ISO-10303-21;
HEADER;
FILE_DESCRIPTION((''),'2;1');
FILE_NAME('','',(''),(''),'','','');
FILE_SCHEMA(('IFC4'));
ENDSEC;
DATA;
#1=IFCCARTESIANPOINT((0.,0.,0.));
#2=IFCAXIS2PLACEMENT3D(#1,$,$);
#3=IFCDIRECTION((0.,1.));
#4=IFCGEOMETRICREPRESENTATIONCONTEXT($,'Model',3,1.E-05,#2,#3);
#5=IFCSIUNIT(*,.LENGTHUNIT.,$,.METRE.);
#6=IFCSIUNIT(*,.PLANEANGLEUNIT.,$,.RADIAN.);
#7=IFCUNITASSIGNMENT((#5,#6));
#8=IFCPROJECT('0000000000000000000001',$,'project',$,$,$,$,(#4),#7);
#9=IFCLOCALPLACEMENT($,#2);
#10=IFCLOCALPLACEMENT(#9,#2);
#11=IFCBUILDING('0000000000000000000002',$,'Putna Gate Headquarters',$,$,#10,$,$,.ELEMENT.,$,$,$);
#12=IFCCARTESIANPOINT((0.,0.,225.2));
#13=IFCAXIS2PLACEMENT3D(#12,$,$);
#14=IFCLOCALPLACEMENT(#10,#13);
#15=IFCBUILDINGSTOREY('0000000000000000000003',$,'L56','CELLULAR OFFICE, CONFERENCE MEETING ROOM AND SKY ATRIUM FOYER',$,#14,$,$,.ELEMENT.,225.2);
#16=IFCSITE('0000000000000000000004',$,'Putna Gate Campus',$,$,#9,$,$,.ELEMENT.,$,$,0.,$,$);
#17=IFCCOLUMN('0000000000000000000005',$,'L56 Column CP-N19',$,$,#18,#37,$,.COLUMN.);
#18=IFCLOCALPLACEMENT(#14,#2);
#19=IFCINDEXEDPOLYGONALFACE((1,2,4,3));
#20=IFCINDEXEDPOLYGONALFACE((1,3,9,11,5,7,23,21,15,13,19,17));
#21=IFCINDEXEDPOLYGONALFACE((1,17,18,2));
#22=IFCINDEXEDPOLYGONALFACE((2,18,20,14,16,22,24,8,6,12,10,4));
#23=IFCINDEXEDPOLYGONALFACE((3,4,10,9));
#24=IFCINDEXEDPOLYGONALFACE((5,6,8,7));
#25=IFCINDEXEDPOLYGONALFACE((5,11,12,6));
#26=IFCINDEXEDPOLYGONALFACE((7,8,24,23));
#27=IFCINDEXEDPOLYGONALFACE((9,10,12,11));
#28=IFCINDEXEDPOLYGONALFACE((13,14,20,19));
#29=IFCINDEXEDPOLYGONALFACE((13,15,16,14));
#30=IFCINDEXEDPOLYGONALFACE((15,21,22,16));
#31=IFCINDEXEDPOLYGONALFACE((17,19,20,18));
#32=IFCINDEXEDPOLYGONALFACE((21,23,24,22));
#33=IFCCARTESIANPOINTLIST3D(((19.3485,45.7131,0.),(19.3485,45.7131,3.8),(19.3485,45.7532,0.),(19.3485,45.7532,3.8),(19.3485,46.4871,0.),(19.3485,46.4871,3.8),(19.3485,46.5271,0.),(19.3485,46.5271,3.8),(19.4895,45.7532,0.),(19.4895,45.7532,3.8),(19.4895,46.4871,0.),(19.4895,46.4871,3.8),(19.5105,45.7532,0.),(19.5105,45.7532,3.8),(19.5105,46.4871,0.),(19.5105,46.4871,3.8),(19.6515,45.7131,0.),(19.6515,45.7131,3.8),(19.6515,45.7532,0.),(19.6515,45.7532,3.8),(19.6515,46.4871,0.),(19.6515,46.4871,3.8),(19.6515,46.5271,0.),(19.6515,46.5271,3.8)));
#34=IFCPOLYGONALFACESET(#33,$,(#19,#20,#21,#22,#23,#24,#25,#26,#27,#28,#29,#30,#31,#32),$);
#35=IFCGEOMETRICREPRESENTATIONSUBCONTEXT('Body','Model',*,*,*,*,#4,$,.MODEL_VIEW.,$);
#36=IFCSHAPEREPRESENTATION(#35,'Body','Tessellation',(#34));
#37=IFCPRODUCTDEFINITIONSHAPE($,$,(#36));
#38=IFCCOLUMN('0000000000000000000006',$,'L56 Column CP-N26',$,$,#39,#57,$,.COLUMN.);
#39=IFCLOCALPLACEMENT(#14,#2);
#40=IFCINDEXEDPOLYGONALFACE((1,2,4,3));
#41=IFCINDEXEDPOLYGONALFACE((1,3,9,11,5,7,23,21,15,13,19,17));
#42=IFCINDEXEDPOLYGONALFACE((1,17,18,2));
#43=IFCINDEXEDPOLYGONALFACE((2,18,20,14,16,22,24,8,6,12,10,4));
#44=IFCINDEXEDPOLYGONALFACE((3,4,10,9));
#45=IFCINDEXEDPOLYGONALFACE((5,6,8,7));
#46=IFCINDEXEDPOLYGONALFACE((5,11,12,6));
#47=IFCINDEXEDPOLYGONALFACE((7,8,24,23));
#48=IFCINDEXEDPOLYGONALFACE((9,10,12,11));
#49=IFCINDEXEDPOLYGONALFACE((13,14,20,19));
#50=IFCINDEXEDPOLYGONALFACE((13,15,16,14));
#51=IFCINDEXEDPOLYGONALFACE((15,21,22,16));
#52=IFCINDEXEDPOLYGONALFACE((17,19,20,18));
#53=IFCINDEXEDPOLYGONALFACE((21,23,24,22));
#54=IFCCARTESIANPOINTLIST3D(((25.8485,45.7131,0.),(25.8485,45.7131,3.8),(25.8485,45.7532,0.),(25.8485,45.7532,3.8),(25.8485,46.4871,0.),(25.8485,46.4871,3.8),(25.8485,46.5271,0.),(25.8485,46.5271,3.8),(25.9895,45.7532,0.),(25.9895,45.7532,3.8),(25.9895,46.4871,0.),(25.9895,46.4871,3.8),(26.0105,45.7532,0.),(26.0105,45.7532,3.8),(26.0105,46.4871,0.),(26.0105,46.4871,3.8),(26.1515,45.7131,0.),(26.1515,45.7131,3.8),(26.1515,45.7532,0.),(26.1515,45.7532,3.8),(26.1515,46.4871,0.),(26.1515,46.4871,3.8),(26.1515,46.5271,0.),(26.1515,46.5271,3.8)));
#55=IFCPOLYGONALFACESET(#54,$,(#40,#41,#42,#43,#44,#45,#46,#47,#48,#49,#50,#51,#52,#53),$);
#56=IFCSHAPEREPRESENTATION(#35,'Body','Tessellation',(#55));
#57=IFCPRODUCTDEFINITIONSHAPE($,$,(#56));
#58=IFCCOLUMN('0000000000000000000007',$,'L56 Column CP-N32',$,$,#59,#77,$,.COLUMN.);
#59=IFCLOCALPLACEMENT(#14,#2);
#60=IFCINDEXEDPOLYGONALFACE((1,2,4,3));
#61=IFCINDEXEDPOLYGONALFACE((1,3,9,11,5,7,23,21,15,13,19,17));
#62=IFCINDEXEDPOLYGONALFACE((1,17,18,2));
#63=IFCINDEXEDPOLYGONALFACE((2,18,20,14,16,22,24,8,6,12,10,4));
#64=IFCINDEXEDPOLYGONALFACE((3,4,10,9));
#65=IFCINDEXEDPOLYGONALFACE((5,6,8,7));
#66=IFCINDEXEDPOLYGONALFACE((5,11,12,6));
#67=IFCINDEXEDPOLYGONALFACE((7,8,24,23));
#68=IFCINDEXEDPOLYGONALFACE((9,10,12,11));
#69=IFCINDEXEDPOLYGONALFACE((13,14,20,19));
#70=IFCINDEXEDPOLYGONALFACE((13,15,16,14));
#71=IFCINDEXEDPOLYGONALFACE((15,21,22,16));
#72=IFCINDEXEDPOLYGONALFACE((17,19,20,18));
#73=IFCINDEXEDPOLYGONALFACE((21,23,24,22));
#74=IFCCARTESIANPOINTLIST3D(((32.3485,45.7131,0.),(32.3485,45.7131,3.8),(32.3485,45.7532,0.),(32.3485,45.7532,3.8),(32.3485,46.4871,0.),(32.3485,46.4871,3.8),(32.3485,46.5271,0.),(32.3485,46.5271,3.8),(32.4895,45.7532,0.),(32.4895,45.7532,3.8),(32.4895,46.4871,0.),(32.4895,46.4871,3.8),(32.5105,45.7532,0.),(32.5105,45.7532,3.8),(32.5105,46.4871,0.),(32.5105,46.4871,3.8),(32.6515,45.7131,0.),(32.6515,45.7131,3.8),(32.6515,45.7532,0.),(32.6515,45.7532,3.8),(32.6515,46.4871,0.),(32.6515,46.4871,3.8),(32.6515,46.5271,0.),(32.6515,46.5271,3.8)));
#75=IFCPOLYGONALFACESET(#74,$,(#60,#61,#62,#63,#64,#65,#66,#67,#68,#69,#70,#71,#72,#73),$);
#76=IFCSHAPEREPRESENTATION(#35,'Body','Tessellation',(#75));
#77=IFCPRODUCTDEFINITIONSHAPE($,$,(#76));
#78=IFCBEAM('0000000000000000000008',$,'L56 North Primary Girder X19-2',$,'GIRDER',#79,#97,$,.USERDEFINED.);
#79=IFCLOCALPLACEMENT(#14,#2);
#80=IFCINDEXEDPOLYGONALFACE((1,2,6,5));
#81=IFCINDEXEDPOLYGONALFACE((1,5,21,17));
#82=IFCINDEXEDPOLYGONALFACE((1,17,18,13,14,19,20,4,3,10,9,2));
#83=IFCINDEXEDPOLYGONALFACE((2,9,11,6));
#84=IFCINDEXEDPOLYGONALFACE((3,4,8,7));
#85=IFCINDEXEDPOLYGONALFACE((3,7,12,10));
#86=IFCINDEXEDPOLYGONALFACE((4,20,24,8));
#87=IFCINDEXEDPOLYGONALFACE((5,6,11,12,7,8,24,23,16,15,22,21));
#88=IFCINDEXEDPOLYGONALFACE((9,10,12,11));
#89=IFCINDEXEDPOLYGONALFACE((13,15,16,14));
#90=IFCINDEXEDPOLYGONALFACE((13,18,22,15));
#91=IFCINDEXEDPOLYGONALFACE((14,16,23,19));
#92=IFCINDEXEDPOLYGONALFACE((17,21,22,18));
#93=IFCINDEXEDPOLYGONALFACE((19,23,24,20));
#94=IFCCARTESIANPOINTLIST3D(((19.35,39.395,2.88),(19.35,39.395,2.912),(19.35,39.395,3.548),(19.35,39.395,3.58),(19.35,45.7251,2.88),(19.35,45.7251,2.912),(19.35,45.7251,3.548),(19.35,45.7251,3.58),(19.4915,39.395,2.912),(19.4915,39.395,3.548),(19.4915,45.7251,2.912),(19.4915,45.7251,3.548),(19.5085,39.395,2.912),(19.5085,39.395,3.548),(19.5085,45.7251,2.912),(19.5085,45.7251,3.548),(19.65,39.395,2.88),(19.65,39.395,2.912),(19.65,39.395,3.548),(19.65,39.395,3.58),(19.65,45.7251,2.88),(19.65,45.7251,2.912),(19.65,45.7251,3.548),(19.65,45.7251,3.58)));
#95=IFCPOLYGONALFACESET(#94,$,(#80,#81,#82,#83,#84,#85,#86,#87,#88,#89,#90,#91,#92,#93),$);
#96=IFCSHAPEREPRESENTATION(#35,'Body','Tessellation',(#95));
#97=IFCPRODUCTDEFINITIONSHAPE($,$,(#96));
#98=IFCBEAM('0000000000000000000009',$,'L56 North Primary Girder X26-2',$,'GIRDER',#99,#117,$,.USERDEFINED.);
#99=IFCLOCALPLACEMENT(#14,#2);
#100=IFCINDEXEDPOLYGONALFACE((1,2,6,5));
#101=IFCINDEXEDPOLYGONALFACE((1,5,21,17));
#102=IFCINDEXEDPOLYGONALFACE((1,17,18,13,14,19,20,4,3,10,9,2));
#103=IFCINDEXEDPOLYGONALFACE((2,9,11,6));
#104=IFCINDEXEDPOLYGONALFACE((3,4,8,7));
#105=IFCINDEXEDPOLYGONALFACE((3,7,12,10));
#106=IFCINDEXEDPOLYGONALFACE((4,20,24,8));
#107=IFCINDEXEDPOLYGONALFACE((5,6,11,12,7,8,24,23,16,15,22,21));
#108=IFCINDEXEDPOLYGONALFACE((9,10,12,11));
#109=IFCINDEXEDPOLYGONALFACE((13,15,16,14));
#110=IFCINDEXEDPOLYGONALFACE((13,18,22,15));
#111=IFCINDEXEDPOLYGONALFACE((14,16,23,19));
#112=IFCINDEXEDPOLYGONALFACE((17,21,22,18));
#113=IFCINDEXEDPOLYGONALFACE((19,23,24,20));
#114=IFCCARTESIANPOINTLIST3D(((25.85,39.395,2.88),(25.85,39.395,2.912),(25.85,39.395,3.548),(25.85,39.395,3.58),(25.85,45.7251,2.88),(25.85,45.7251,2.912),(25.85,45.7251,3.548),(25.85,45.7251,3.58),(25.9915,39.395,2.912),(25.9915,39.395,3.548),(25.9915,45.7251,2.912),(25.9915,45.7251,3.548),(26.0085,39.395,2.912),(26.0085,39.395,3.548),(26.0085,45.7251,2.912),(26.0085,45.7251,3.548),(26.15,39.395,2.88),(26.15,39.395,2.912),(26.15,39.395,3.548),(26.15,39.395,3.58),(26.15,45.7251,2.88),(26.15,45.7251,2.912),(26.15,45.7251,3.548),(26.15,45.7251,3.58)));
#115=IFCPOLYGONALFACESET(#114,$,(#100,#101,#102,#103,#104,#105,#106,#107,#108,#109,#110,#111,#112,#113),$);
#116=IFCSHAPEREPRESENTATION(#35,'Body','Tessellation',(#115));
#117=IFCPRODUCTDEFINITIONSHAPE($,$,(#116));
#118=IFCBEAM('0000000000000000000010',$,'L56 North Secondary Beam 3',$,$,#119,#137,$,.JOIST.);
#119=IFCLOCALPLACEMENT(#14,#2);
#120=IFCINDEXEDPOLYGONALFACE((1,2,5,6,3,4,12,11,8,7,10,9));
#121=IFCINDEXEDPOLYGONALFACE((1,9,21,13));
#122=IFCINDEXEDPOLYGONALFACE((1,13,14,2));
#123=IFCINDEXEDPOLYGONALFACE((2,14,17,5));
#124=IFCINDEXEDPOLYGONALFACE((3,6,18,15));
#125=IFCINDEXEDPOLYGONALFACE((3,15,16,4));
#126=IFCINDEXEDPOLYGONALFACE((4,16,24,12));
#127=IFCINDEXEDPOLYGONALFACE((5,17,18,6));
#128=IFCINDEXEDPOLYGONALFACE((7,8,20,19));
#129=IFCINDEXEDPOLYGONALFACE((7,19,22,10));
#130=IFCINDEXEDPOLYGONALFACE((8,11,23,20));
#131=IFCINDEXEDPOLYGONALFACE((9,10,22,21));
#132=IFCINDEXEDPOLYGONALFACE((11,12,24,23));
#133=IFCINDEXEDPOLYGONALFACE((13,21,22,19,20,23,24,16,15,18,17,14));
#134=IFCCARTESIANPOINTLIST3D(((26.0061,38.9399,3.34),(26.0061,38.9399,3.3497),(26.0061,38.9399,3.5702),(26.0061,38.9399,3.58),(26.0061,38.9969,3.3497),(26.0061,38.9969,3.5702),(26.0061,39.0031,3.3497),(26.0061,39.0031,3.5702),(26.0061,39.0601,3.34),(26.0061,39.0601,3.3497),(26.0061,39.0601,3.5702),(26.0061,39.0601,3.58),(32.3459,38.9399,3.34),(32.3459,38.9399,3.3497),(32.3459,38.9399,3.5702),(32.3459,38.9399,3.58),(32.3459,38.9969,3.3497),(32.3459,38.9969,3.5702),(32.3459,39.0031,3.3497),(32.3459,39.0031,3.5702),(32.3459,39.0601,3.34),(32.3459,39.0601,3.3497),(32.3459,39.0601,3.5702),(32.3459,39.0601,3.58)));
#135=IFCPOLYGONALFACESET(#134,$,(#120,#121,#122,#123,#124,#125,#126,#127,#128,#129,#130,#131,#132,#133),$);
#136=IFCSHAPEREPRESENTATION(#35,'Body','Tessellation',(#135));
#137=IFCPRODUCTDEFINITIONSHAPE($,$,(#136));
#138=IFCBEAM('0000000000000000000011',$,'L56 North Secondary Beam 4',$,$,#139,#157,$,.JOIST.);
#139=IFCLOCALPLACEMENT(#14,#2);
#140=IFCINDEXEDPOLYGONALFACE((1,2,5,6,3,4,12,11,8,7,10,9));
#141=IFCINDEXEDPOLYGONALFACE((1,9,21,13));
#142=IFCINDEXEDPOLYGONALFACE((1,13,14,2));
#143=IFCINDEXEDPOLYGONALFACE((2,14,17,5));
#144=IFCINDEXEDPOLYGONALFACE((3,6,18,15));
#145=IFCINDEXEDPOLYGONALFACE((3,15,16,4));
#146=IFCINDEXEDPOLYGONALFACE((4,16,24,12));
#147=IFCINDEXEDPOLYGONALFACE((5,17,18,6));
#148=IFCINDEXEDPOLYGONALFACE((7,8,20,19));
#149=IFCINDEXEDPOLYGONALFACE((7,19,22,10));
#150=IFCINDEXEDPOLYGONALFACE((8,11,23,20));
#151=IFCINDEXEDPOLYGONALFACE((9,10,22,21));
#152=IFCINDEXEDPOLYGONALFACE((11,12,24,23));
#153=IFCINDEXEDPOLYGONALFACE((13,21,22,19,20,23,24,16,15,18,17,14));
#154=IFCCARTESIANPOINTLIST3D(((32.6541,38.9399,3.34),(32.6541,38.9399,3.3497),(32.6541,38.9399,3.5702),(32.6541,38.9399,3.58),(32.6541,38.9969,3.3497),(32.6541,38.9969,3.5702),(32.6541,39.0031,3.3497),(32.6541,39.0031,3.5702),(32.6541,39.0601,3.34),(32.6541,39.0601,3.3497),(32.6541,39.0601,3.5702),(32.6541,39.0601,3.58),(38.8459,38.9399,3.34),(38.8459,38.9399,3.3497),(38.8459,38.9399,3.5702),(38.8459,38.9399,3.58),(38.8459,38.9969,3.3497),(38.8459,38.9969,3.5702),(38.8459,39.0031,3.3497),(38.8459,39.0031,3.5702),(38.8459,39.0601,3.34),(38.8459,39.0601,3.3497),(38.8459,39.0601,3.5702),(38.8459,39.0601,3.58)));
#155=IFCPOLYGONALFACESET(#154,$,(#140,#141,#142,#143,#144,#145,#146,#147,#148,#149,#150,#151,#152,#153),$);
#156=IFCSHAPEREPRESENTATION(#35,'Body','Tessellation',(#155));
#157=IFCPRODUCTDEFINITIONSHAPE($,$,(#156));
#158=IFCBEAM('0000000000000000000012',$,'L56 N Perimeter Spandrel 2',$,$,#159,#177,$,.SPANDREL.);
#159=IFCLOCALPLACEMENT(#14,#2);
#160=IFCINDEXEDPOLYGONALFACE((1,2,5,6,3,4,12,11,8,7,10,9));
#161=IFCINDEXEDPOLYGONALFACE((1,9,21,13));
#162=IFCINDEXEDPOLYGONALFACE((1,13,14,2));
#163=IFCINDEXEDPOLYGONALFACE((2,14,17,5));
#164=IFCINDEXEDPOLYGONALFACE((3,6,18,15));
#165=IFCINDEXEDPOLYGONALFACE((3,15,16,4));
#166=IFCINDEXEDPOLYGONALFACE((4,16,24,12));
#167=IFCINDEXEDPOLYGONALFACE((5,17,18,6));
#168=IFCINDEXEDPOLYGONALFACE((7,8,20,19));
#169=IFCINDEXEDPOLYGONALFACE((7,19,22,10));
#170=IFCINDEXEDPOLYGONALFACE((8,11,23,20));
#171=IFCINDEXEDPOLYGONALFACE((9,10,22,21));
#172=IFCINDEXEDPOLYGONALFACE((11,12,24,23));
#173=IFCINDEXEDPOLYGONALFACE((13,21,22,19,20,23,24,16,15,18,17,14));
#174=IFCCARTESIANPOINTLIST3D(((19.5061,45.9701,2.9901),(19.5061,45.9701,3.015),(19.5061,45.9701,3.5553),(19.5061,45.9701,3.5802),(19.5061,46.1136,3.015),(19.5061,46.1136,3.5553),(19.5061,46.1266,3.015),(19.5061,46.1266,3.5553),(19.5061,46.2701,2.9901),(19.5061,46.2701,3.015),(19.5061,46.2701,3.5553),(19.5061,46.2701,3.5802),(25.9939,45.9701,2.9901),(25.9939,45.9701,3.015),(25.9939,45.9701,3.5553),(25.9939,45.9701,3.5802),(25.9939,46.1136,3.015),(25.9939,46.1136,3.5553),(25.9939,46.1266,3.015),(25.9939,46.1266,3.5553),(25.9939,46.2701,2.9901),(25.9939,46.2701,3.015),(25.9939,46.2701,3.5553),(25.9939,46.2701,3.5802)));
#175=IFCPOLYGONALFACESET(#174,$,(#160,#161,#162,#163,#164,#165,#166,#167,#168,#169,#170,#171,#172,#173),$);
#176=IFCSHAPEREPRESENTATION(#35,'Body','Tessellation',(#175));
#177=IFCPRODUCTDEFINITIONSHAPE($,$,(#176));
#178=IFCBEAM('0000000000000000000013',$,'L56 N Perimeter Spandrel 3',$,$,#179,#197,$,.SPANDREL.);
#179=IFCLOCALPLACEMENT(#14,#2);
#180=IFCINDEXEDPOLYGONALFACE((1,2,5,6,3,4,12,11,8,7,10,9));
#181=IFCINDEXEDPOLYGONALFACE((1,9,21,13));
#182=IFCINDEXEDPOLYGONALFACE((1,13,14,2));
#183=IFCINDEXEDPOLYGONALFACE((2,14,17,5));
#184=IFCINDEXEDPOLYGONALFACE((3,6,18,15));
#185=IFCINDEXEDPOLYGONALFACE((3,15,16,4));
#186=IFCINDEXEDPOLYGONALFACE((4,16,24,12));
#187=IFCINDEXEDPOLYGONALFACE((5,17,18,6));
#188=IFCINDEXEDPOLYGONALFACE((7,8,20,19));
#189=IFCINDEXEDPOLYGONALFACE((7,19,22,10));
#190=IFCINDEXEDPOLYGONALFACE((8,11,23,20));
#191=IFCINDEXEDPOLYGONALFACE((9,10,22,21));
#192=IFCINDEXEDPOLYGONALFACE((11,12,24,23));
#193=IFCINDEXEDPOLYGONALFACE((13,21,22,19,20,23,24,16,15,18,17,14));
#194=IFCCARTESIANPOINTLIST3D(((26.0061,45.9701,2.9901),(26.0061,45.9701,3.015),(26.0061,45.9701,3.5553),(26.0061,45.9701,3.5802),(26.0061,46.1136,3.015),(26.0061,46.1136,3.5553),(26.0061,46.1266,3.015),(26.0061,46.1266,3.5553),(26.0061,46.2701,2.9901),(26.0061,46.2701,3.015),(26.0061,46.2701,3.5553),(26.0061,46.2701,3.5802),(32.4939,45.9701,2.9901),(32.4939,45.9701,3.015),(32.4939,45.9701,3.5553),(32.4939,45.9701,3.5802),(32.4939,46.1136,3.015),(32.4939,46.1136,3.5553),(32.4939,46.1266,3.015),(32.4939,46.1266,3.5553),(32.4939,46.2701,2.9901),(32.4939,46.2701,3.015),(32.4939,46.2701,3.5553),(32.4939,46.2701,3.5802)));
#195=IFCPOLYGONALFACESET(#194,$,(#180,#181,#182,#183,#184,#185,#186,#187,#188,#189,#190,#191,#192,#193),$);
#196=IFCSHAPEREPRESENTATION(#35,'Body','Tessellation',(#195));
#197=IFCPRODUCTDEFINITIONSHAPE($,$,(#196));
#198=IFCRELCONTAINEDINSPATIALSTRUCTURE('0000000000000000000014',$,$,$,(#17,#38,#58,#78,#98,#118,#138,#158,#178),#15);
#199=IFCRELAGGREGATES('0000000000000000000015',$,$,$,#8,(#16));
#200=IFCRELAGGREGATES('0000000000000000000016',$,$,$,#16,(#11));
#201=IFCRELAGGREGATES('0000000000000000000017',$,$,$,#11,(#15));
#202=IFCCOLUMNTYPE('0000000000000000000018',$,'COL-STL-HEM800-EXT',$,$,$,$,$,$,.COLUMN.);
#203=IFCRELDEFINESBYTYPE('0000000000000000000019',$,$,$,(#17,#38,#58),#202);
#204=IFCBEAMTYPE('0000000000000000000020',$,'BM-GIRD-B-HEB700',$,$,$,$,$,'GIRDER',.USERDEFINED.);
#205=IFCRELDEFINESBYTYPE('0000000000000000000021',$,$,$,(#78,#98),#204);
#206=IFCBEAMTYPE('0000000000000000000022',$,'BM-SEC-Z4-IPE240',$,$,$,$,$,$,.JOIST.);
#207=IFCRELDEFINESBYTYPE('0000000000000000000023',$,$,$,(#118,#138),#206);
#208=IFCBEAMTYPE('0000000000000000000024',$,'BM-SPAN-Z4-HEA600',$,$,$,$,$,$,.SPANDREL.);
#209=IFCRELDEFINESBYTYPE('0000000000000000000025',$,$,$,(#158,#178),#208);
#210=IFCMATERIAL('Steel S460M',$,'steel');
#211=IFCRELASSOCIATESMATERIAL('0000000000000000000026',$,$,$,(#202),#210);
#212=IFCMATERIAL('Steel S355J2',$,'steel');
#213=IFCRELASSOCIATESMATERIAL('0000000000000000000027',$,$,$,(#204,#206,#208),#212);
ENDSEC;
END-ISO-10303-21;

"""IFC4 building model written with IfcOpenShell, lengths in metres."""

from ifc_helpers import new_model, si_unit, direction, frame, origin, origin_2d, place, context, subcontext, project, spatial, i_section, extrude, material, material_profile, profile_set, type_object, element, save


model = new_model("IFC4")

# Units and contexts
model_context = context("Model", 3, precision=1e-05, world=origin(), true_north=direction((0.0, 1.0)))
body_context = subcontext(model_context, "Body", "Model", "MODEL_VIEW")
ifc_project = project(units=[si_unit("LENGTHUNIT", "METRE"), si_unit("PLANEANGLEUNIT", "RADIAN")], contexts=[model_context])

# Site, building, storey
site_placement = place(None, origin())
site = spatial("IfcSite", under=ifc_project, at=site_placement, Name="Putna Gate Campus", CompositionType="ELEMENT", RefElevation=0.0)
building_placement = place(site_placement, origin())
building = spatial("IfcBuilding", under=site, at=building_placement, Name="Putna Gate Headquarters", CompositionType="ELEMENT")
storey_placement = place(building_placement, frame((0.0, 0.0, 225.2)))
storey = spatial("IfcBuildingStorey", under=building, at=storey_placement, Name="L56", Description="CELLULAR OFFICE, CONFERENCE MEETING ROOM AND SKY ATRIUM FOYER", CompositionType="ELEMENT", Elevation=225.2)

# Columns
ifc_material_1 = material(Name="Steel S460M", Category="steel")
ifc_material_profile_1 = material_profile(ifc_material_1, i_section(OverallWidth=0.303, OverallDepth=0.814, WebThickness=0.021, FlangeThickness=0.04, at=origin_2d()), Name="Steel S460M")
ifc_profile_set_1 = profile_set([ifc_material_profile_1], Name="Steel S460M")
column_type = type_object("IfcColumnType", Name="COL-STL-HEM800-EXT", PredefinedType="COLUMN", material=ifc_profile_set_1)
for number, where, z_axis, x_axis, name in (
    (1, (19.5, 46.1201, 0.0), (0.0, 0.0, 1.0), (1.0, 0.0, 0.0), "L56 Column CP-N19"),
    (2, (26.0, 46.1201, 0.0), (0.0, 0.0, 1.0), (1.0, 0.0, 0.0), "L56 Column CP-N26"),
    (3, (32.5, 46.1201, 0.0), (0.0, 0.0, 1.0), (1.0, 0.0, 0.0), "L56 Column CP-N32"),
):
    element("IfcColumn", number, at=place(storey_placement, frame(where, z_axis=z_axis, x_axis=x_axis)), inside=storey, type_object=column_type, Name=name, PredefinedType="COLUMN", context=body_context, shape_type="SweptSolid", body=[
        extrude(i_section(OverallWidth=0.303, OverallDepth=0.814, WebThickness=0.021, FlangeThickness=0.04, at=origin_2d()), origin(), (0.0, 0.0, 1.0), 3.8),
    ])

# Beams
ifc_material_2 = material(Name="Steel S355J2", Category="steel")
ifc_material_profile_2 = material_profile(ifc_material_2, i_section(OverallWidth=0.3, OverallDepth=0.7, WebThickness=0.0171, FlangeThickness=0.032, at=origin_2d()), Name="Steel S355J2")
ifc_profile_set_2 = profile_set([ifc_material_profile_2], Name="Steel S355J2")
beam_type_1 = type_object("IfcBeamType", Name="BM-GIRD-B-HEB700", ElementType="GIRDER", PredefinedType="USERDEFINED", material=ifc_profile_set_2)
for number, where, z_axis, x_axis, name in (
    (4, (19.5, 39.395, 3.23), (0.0, 1.0, 0.0), (-1.0, 0.0, 0.0), "L56 North Primary Girder X19-2"),
    (5, (26.0, 39.395, 3.23), (0.0, 1.0, 0.0), (-1.0, 0.0, 0.0), "L56 North Primary Girder X26-2"),
):
    element("IfcBeam", number, at=place(storey_placement, frame(where, z_axis=z_axis, x_axis=x_axis)), inside=storey, type_object=beam_type_1, Name=name, ObjectType="GIRDER", PredefinedType="USERDEFINED", context=body_context, shape_type="SweptSolid", body=[
        extrude(i_section(OverallWidth=0.3, OverallDepth=0.7, WebThickness=0.0171, FlangeThickness=0.032, at=origin_2d()), origin(), (0.0, 0.0, 1.0), 6.3301),
    ])
ifc_material_profile_3 = material_profile(ifc_material_2, i_section(OverallWidth=0.1201, OverallDepth=0.24, WebThickness=0.0061, FlangeThickness=0.0098, at=origin_2d()), Name="Steel S355J2")
ifc_profile_set_3 = profile_set([ifc_material_profile_3], Name="Steel S355J2")
beam_type_2 = type_object("IfcBeamType", Name="BM-SEC-Z4-IPE240", PredefinedType="JOIST", material=ifc_profile_set_3)
beam_1_placement = place(storey_placement, frame((26.0061, 39.0, 3.46), z_axis=(1.0, 0.0, 0.0), x_axis=(0.0, 1.0, 0.0)))
element("IfcBeam", 6, at=beam_1_placement, inside=storey, type_object=beam_type_2, Name="L56 North Secondary Beam 3", PredefinedType="JOIST", context=body_context, shape_type="SweptSolid", body=[
    extrude(i_section(OverallWidth=0.1201, OverallDepth=0.24, WebThickness=0.0061, FlangeThickness=0.0098, at=origin_2d()), origin(), (0.0, 0.0, 1.0), 6.3398),
])
beam_2_placement = place(storey_placement, frame((32.6541, 39.0, 3.46), z_axis=(1.0, 0.0, 0.0), x_axis=(0.0, 1.0, 0.0)))
element("IfcBeam", 7, at=beam_2_placement, inside=storey, type_object=beam_type_2, Name="L56 North Secondary Beam 4", PredefinedType="JOIST", context=body_context, shape_type="SweptSolid", body=[
    extrude(i_section(OverallWidth=0.1201, OverallDepth=0.24, WebThickness=0.0061, FlangeThickness=0.0098, at=origin_2d()), origin(), (0.0, 0.0, 1.0), 6.1919),
])
ifc_material_profile_4 = material_profile(ifc_material_2, i_section(OverallWidth=0.3, OverallDepth=0.5901, WebThickness=0.0129, FlangeThickness=0.0249, at=origin_2d()), Name="Steel S355J2")
ifc_profile_set_4 = profile_set([ifc_material_profile_4], Name="Steel S355J2")
beam_type_3 = type_object("IfcBeamType", Name="BM-SPAN-Z4-HEA600", PredefinedType="SPANDREL", material=ifc_profile_set_4)
for number, where, z_axis, x_axis, name in (
    (8, (19.5061, 46.1201, 3.2852), (1.0, 0.0, 0.0), (0.0, 1.0, 0.0), "L56 N Perimeter Spandrel 2"),
    (9, (26.0061, 46.1201, 3.2852), (1.0, 0.0, 0.0), (0.0, 1.0, 0.0), "L56 N Perimeter Spandrel 3"),
):
    element("IfcBeam", number, at=place(storey_placement, frame(where, z_axis=z_axis, x_axis=x_axis)), inside=storey, type_object=beam_type_3, Name=name, PredefinedType="SPANDREL", context=body_context, shape_type="SweptSolid", body=[
        extrude(i_section(OverallWidth=0.3, OverallDepth=0.5901, WebThickness=0.0129, FlangeThickness=0.0249, at=origin_2d()), origin(), (0.0, 0.0, 1.0), 6.4878),
    ])

save(model, "model.ifc")
